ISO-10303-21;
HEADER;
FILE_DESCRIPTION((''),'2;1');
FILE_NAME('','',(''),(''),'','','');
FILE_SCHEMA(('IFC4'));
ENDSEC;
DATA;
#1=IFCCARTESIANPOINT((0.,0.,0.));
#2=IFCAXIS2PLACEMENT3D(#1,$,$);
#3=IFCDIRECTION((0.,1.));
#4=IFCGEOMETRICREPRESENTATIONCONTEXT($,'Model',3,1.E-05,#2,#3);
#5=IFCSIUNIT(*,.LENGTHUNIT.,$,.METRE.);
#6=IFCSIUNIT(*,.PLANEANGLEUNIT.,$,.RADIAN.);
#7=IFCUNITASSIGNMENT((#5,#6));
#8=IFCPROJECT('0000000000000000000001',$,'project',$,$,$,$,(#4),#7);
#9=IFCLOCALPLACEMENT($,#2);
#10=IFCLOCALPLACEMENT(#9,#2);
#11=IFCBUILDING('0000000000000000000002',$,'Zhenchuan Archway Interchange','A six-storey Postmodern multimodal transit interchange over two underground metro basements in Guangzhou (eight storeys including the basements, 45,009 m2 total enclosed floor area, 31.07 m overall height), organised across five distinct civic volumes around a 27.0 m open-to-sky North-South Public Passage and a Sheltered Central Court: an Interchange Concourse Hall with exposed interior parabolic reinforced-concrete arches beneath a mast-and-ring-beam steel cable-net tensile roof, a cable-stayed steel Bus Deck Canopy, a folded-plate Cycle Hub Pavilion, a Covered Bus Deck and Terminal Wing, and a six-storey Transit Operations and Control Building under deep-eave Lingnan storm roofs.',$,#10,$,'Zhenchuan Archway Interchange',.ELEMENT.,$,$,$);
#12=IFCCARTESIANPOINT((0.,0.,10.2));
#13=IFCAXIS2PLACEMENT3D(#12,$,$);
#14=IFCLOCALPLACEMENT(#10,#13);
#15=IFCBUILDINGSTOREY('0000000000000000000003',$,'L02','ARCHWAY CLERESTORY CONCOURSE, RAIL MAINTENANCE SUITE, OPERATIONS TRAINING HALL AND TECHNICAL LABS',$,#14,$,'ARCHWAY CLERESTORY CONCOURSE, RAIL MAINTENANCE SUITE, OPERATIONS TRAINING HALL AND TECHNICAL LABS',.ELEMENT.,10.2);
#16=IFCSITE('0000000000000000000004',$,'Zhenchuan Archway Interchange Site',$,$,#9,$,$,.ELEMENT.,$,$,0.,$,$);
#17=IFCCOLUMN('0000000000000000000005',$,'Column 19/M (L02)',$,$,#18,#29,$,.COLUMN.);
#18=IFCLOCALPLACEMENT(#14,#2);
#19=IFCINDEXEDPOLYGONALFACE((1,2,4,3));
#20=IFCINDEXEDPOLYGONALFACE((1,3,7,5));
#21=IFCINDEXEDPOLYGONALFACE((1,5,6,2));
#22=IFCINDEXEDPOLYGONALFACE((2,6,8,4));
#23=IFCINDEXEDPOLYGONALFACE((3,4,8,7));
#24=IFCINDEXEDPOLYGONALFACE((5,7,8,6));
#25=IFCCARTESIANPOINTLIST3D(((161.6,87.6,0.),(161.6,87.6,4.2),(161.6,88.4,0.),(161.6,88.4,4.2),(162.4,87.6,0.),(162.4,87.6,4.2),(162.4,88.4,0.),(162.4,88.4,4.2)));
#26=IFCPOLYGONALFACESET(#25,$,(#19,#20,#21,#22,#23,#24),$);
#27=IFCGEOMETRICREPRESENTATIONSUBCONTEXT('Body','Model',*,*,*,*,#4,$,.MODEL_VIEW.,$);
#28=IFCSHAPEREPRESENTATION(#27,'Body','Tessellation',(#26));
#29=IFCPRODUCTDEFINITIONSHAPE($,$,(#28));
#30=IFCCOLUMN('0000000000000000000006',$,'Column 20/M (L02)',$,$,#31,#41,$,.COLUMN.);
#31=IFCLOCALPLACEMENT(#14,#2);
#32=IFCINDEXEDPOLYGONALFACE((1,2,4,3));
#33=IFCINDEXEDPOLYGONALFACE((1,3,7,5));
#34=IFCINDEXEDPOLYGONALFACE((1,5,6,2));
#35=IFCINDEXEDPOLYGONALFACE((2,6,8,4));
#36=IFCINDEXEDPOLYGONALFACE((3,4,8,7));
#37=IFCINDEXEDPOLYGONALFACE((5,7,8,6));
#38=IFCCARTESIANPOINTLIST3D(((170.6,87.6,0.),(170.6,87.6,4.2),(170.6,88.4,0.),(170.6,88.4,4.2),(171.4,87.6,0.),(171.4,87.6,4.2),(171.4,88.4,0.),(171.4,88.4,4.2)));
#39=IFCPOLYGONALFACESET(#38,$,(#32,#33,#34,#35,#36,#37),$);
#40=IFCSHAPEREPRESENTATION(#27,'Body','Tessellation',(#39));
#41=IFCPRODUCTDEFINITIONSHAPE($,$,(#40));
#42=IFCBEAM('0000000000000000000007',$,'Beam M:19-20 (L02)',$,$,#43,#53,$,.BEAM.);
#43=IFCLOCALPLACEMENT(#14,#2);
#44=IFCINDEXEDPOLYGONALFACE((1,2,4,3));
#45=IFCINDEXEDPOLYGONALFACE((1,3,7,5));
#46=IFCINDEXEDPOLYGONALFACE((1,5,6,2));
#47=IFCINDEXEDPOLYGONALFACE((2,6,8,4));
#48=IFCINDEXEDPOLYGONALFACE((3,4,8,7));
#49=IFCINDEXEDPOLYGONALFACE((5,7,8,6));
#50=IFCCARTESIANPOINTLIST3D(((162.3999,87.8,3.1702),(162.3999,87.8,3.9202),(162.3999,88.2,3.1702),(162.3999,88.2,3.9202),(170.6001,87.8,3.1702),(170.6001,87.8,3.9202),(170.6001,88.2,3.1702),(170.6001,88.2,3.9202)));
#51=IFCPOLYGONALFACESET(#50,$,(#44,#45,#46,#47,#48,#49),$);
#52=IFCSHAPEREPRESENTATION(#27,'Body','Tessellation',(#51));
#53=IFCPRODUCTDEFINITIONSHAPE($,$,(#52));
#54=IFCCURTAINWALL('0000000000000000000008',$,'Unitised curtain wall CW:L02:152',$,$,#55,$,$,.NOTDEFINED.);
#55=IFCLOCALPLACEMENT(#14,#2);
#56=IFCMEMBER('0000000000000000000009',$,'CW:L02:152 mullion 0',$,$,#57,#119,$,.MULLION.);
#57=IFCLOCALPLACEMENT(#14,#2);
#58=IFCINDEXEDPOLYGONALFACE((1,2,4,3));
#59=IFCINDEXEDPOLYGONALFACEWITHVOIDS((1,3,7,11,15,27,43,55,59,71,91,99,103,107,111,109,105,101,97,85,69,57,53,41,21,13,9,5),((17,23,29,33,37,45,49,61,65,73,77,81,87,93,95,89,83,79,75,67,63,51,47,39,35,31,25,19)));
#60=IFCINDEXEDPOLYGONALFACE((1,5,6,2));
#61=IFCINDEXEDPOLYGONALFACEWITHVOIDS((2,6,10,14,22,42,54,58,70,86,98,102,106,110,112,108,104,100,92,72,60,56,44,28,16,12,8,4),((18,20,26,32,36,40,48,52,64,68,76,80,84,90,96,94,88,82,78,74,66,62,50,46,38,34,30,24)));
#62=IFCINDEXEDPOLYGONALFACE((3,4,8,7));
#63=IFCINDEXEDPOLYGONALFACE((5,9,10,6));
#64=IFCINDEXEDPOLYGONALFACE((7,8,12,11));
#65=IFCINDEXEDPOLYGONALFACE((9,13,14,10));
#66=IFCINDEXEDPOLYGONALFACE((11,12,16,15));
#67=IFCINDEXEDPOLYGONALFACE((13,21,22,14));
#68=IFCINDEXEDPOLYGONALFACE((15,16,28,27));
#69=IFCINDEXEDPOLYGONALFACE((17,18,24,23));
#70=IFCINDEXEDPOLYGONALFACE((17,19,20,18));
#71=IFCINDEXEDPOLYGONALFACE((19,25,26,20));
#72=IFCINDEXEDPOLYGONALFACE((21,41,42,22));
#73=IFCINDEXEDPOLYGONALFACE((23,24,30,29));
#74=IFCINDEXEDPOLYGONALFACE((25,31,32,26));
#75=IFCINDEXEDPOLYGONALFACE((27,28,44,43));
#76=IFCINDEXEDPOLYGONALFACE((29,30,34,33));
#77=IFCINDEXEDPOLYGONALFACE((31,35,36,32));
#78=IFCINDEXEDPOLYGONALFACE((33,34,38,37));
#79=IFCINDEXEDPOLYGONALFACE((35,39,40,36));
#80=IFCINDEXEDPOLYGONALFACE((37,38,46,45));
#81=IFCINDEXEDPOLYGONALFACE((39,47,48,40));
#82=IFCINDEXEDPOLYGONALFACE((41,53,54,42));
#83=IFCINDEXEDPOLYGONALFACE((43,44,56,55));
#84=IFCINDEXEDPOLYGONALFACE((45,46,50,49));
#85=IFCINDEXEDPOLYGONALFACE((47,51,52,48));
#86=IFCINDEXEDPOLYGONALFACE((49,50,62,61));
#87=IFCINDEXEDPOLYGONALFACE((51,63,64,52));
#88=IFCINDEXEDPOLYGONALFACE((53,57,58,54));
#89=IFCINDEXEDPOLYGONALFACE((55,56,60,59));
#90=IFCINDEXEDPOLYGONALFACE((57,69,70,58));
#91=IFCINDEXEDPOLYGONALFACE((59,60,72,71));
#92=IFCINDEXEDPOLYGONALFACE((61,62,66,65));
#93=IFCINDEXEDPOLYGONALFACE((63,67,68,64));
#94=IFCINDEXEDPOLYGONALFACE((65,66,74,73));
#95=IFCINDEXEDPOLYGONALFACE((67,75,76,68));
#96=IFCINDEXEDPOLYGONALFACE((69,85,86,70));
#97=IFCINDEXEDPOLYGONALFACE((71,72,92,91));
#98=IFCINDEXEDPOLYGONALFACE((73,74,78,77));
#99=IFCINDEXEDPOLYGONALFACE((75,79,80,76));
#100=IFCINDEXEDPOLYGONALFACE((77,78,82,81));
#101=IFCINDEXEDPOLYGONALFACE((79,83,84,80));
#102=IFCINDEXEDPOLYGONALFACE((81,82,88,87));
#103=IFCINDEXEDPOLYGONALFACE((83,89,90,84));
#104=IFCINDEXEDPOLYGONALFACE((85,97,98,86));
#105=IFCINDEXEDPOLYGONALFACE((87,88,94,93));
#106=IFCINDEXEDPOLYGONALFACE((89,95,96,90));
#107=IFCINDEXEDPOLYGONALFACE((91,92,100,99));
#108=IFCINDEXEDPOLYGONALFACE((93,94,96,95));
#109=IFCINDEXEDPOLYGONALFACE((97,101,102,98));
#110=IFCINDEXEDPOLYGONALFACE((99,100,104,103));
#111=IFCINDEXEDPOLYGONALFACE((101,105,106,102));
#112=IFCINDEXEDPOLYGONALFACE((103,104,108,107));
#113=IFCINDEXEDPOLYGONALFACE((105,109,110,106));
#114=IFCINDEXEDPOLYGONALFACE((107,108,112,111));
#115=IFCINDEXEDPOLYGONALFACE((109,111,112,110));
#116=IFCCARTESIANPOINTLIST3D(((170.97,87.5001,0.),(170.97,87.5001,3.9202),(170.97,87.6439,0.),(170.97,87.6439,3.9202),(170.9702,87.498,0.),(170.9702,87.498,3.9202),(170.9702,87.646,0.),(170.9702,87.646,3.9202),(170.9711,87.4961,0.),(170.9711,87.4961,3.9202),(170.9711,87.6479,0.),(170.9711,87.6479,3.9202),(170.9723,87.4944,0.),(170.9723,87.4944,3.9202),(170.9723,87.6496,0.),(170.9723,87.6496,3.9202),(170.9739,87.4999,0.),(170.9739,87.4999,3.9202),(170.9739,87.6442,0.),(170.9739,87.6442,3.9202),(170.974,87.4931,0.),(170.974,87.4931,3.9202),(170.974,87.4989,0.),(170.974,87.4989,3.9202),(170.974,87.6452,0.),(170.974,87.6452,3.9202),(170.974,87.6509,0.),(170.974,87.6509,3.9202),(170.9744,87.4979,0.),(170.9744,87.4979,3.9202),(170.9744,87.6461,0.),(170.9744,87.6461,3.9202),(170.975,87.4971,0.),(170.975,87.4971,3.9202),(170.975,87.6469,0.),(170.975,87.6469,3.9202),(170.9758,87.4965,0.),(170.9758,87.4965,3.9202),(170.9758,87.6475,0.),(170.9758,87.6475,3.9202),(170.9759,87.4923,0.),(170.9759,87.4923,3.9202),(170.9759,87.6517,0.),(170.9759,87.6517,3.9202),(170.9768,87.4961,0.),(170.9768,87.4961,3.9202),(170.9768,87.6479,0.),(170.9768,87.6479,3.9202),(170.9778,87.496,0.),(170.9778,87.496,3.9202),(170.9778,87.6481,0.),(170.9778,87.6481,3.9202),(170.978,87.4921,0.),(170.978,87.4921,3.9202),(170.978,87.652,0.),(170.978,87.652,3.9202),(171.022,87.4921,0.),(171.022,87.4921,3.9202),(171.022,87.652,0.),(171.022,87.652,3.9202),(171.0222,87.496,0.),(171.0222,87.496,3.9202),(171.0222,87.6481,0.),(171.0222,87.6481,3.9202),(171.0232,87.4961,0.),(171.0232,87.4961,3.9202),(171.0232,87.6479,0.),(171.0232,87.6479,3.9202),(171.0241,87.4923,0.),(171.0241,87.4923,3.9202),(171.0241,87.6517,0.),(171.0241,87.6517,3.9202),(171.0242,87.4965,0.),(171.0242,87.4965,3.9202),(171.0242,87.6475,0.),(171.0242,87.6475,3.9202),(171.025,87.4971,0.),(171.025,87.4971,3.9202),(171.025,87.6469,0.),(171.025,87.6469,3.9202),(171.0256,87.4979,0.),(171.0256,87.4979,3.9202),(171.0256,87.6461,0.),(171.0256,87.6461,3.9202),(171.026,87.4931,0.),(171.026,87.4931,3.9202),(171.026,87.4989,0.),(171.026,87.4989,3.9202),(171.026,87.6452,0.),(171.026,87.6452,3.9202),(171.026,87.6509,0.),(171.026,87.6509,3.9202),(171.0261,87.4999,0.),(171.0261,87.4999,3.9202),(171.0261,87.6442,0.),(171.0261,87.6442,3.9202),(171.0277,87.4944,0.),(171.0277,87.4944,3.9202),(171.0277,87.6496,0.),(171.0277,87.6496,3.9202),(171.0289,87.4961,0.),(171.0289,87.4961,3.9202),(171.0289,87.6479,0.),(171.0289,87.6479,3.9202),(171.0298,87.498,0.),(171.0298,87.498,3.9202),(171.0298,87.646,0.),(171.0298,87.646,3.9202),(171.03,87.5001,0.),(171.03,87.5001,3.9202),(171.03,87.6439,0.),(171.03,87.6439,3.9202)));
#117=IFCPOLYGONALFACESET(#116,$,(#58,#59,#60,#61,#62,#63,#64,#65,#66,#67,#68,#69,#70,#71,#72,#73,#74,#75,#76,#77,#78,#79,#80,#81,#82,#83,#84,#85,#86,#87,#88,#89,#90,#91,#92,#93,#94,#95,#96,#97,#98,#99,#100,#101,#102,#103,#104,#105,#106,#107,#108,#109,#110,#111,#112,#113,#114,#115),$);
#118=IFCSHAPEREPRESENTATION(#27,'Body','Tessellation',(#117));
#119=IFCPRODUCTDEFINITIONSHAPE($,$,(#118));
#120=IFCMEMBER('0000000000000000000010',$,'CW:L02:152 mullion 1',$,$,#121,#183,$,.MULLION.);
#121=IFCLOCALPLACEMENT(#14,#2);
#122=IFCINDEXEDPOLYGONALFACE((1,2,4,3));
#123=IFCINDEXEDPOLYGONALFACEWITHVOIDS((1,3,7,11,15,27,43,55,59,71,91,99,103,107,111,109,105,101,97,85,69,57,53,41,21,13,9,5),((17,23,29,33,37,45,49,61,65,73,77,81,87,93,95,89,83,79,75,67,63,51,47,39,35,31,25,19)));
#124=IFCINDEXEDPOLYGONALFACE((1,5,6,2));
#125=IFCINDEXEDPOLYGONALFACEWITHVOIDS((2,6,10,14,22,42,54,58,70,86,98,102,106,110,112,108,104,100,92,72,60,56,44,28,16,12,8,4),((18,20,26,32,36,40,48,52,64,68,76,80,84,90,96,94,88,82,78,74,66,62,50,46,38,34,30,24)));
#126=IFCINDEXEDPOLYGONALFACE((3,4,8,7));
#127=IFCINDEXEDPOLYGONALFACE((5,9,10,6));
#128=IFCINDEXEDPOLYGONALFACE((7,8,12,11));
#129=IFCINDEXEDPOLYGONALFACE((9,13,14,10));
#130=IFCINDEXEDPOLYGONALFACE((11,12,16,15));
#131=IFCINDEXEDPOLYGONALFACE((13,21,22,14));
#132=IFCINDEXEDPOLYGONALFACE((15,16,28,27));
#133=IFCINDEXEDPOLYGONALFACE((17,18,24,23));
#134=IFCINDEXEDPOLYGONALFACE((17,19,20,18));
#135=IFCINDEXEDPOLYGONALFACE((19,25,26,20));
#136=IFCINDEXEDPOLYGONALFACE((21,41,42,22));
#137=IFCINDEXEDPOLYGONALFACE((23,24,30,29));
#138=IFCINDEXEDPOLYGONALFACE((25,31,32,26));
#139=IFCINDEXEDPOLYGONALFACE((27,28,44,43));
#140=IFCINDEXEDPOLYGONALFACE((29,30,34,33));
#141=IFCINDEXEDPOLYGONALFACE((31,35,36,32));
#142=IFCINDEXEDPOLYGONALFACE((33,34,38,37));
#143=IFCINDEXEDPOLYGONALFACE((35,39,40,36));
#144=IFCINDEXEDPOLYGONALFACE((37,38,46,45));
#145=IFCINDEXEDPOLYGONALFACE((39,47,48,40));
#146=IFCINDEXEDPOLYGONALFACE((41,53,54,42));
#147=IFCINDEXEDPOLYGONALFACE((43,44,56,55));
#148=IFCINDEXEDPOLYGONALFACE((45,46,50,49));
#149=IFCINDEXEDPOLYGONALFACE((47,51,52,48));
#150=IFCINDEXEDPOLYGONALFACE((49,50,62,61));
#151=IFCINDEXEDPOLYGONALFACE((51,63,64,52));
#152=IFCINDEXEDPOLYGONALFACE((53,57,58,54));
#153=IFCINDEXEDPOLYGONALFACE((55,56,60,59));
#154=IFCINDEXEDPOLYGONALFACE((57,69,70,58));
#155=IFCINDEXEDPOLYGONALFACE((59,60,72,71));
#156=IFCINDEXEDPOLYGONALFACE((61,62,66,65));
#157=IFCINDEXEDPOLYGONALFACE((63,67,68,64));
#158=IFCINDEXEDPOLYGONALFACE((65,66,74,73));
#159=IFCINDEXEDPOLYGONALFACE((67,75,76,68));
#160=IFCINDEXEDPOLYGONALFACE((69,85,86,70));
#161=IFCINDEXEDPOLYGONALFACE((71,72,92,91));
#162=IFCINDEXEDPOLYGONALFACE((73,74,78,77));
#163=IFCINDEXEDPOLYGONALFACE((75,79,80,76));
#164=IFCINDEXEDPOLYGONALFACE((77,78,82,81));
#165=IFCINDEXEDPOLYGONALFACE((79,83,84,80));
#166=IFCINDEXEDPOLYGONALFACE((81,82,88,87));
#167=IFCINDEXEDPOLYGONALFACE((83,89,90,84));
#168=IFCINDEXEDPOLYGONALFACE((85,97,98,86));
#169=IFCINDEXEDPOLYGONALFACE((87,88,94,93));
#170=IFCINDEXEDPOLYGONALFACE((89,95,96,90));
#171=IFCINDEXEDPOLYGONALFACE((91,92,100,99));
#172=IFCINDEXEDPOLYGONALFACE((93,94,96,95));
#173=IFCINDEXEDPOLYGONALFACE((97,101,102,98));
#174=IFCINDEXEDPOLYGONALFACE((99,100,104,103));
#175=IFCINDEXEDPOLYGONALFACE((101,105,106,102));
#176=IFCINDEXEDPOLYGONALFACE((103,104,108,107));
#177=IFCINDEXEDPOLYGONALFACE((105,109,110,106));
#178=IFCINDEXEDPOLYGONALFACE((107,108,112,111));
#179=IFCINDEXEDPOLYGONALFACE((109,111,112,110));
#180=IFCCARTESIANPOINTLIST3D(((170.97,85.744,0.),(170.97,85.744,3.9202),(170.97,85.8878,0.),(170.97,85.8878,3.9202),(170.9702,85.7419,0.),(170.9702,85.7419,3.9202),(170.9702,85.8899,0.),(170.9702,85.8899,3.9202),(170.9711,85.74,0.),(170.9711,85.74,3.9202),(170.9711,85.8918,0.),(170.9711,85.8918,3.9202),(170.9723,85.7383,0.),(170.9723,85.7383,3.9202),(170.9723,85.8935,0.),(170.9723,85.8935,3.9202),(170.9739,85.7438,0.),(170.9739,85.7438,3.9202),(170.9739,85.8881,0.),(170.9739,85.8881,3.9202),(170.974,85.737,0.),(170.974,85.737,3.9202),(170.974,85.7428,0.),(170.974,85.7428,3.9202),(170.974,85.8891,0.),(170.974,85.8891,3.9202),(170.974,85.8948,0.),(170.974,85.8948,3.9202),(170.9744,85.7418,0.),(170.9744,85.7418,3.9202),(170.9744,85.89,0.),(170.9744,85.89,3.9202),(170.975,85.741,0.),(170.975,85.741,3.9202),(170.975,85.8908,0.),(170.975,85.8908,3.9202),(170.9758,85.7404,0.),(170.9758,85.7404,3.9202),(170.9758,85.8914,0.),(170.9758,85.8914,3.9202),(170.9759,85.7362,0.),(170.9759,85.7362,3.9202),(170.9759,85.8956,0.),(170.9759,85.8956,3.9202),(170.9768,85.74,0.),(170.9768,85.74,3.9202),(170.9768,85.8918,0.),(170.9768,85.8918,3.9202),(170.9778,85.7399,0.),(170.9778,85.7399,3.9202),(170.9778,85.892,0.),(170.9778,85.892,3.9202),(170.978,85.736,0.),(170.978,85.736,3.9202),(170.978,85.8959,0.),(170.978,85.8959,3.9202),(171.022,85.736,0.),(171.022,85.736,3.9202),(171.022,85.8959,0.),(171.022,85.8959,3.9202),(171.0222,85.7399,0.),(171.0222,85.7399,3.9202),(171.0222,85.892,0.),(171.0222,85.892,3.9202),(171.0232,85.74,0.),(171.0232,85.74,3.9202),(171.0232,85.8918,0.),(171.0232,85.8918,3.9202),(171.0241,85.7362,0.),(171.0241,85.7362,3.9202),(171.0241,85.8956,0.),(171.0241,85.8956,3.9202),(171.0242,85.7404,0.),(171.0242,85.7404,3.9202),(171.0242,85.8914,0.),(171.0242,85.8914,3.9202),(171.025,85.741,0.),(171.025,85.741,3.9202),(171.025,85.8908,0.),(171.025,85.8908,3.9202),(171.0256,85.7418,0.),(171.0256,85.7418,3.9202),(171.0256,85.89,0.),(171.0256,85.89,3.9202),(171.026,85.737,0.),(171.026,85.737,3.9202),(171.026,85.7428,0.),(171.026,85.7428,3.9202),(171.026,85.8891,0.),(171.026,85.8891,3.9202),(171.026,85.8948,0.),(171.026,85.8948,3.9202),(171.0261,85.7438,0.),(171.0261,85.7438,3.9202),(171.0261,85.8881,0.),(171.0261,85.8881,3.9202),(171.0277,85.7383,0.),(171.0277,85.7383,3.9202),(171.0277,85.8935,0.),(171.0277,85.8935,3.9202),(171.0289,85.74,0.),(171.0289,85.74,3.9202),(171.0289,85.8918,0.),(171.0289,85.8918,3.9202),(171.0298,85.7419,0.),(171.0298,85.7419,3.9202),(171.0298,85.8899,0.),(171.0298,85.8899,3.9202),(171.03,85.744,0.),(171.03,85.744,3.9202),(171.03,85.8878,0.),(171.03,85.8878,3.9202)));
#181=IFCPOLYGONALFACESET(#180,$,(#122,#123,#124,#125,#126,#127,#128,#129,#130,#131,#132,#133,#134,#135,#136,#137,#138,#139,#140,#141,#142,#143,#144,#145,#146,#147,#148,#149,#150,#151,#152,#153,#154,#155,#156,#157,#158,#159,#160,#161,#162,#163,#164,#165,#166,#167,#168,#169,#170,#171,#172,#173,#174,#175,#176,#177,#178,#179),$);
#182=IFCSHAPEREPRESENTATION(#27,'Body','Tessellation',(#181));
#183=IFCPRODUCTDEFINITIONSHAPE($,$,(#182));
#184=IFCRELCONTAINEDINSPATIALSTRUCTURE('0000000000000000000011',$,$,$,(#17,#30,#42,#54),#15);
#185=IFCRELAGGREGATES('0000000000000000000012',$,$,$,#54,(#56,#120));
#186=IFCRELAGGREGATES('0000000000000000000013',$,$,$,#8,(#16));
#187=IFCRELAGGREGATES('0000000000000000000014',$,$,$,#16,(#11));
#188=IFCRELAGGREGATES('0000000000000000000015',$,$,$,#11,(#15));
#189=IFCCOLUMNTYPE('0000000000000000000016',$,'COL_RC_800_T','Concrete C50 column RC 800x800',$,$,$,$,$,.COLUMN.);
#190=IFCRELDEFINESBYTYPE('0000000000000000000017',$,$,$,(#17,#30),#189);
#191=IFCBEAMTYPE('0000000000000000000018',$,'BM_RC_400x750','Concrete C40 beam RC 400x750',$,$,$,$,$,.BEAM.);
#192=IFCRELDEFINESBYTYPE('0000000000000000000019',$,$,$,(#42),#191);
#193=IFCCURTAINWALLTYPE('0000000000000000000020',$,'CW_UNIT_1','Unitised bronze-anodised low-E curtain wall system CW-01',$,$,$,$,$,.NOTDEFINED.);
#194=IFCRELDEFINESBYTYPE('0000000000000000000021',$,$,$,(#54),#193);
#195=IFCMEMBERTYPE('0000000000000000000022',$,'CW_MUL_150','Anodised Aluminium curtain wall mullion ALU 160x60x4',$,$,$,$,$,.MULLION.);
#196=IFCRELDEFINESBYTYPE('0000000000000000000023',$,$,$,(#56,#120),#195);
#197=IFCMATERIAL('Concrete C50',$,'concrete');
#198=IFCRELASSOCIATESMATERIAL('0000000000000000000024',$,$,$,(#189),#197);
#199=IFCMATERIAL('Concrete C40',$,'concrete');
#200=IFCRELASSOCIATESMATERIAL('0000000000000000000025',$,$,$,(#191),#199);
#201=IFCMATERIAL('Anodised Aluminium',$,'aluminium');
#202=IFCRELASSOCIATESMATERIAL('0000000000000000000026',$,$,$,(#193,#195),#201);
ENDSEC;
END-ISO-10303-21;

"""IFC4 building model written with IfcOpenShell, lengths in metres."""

from ifc_helpers import new_model, si_unit, direction, frame, origin, origin_2d, place, context, subcontext, project, spatial, rectangle, hollow_rectangle, extrude, material, material_profile, profile_set, type_object, element, aggregate, save


model = new_model("IFC4")

# Units and contexts
model_context = context("Model", 3, precision=1e-05, world=origin(), true_north=direction((0.0, 1.0)))
body_context = subcontext(model_context, "Body", "Model", "MODEL_VIEW")
ifc_project = project(units=[si_unit("LENGTHUNIT", "METRE"), si_unit("PLANEANGLEUNIT", "RADIAN")], contexts=[model_context])

# Site, building, storey
site_placement = place(None, origin())
site = spatial("IfcSite", under=ifc_project, at=site_placement, Name="Zhenchuan Archway Interchange Site", CompositionType="ELEMENT", RefElevation=0.0)
building_placement = place(site_placement, origin())
building = spatial("IfcBuilding", under=site, at=building_placement, Name="Zhenchuan Archway Interchange", Description="A six-storey Postmodern multimodal transit interchange over two underground metro basements in Guangzhou (eight storeys including the basements, 45,009 m2 total enclosed floor area, 31.07 m overall height), organised across five distinct civic volumes around a 27.0 m open-to-sky North-South Public Passage and a Sheltered Central Court: an Interchange Concourse Hall with exposed interior parabolic reinforced-concrete arches beneath a mast-and-ring-beam steel cable-net tensile roof, a cable-stayed steel Bus Deck Canopy, a folded-plate Cycle Hub Pavilion, a Covered Bus Deck and Terminal Wing, and a six-storey Transit Operations and Control Building under deep-eave Lingnan storm roofs.", LongName="Zhenchuan Archway Interchange", CompositionType="ELEMENT")
storey_placement = place(building_placement, frame((0.0, 0.0, 10.2)))
storey = spatial("IfcBuildingStorey", under=building, at=storey_placement, Name="L02", Description="ARCHWAY CLERESTORY CONCOURSE, RAIL MAINTENANCE SUITE, OPERATIONS TRAINING HALL AND TECHNICAL LABS", LongName="ARCHWAY CLERESTORY CONCOURSE, RAIL MAINTENANCE SUITE, OPERATIONS TRAINING HALL AND TECHNICAL LABS", CompositionType="ELEMENT", Elevation=10.2)

# Columns
ifc_material_1 = material(Name="Concrete C50", Category="concrete")
ifc_material_profile_1 = material_profile(ifc_material_1, rectangle(XDim=0.8, YDim=0.8, at=origin_2d()), Name="RC 800x800")
ifc_profile_set_1 = profile_set([ifc_material_profile_1], Name="Concrete C50")
column_type = type_object("IfcColumnType", Name="COL_RC_800_T", Description="Concrete C50 column RC 800x800", PredefinedType="COLUMN", material=ifc_profile_set_1)
for number, where, z_axis, x_axis, name in (
    (1, (162.0, 88.0, 0.0), (0.0, 0.0, 1.0), (1.0, 0.0, 0.0), "Column 19/M (L02)"),
    (2, (171.0, 88.0, 0.0), (0.0, 0.0, 1.0), (1.0, 0.0, 0.0), "Column 20/M (L02)"),
):
    element("IfcColumn", number, at=place(storey_placement, frame(where, z_axis=z_axis, x_axis=x_axis)), inside=storey, type_object=column_type, Name=name, PredefinedType="COLUMN", context=body_context, shape_type="SweptSolid", body=[
        extrude(rectangle(XDim=0.8, YDim=0.8, at=origin_2d()), origin(), (0.0, 0.0, 1.0), 4.2),
    ])

# Beam
ifc_material_2 = material(Name="Concrete C40", Category="concrete")
ifc_material_profile_2 = material_profile(ifc_material_2, rectangle(XDim=0.3999, YDim=0.75, at=origin_2d()), Name="RC 400x750")
ifc_profile_set_2 = profile_set([ifc_material_profile_2], Name="Concrete C40")
beam_type = type_object("IfcBeamType", Name="BM_RC_400x750", Description="Concrete C40 beam RC 400x750", PredefinedType="BEAM", material=ifc_profile_set_2)
beam_placement = place(storey_placement, frame((162.3999, 88.0, 3.5452), z_axis=(1.0, 0.0, 0.0), x_axis=(0.0, 1.0, 0.0)))
element("IfcBeam", 3, at=beam_placement, inside=storey, type_object=beam_type, Name="Beam M:19-20 (L02)", PredefinedType="BEAM", context=body_context, shape_type="SweptSolid", body=[
    extrude(rectangle(XDim=0.3999, YDim=0.75, at=origin_2d()), origin(), (0.0, 0.0, 1.0), 8.2002),
])

# Curtain wall, members
ifc_material_3 = material(Name="Anodised Aluminium", Category="aluminium")
curtain_wall_type = type_object("IfcCurtainWallType", Name="CW_UNIT_1", Description="Unitised bronze-anodised low-E curtain wall system CW-01", PredefinedType="NOTDEFINED", material=ifc_material_3)
curtain_wall_placement = place(storey_placement, origin())
curtain_wall = element("IfcCurtainWall", 4, at=curtain_wall_placement, inside=storey, type_object=curtain_wall_type, Name="Unitised curtain wall CW:L02:152", PredefinedType="NOTDEFINED")
ifc_material_profile_3 = material_profile(ifc_material_3, hollow_rectangle(XDim=0.0601, YDim=0.1599, WallThickness=0.0039, InnerFilletRadius=0.0039, OuterFilletRadius=0.0081, at=origin_2d()), Name="ALU 160x60x4")
ifc_profile_set_3 = profile_set([ifc_material_profile_3], Name="Anodised Aluminium")
member_type_1 = type_object("IfcMemberType", Name="CW_MUL_150", Description="Anodised Aluminium curtain wall mullion ALU 160x60x4", PredefinedType="MULLION", material=ifc_profile_set_3)
member_1_placement = place(storey_placement, frame((171.0, 87.572, 0.0), z_axis=(0.0, 0.0, 1.0), x_axis=(1.0, 0.0, 0.0)))
member_1 = element("IfcMember", 5, at=member_1_placement, type_object=member_type_1, Name="CW:L02:152 mullion 0", PredefinedType="MULLION", context=body_context, shape_type="SweptSolid", body=[
    extrude(hollow_rectangle(XDim=0.0601, YDim=0.1599, WallThickness=0.0039, InnerFilletRadius=0.0039, OuterFilletRadius=0.0081, at=origin_2d()), origin(), (0.0, 0.0, 1.0), 3.9202),
])
member_2_placement = place(storey_placement, frame((171.0, 85.8159, 0.0), z_axis=(0.0, 0.0, 1.0), x_axis=(1.0, 0.0, 0.0)))
member_2 = element("IfcMember", 6, at=member_2_placement, type_object=member_type_1, Name="CW:L02:152 mullion 1", PredefinedType="MULLION", context=body_context, shape_type="SweptSolid", body=[
    extrude(hollow_rectangle(XDim=0.0601, YDim=0.1599, WallThickness=0.0039, InnerFilletRadius=0.0039, OuterFilletRadius=0.0081, at=origin_2d()), origin(), (0.0, 0.0, 1.0), 3.9202),
])
aggregate(curtain_wall, [member_1, member_2])

save(model, "model.ifc")
